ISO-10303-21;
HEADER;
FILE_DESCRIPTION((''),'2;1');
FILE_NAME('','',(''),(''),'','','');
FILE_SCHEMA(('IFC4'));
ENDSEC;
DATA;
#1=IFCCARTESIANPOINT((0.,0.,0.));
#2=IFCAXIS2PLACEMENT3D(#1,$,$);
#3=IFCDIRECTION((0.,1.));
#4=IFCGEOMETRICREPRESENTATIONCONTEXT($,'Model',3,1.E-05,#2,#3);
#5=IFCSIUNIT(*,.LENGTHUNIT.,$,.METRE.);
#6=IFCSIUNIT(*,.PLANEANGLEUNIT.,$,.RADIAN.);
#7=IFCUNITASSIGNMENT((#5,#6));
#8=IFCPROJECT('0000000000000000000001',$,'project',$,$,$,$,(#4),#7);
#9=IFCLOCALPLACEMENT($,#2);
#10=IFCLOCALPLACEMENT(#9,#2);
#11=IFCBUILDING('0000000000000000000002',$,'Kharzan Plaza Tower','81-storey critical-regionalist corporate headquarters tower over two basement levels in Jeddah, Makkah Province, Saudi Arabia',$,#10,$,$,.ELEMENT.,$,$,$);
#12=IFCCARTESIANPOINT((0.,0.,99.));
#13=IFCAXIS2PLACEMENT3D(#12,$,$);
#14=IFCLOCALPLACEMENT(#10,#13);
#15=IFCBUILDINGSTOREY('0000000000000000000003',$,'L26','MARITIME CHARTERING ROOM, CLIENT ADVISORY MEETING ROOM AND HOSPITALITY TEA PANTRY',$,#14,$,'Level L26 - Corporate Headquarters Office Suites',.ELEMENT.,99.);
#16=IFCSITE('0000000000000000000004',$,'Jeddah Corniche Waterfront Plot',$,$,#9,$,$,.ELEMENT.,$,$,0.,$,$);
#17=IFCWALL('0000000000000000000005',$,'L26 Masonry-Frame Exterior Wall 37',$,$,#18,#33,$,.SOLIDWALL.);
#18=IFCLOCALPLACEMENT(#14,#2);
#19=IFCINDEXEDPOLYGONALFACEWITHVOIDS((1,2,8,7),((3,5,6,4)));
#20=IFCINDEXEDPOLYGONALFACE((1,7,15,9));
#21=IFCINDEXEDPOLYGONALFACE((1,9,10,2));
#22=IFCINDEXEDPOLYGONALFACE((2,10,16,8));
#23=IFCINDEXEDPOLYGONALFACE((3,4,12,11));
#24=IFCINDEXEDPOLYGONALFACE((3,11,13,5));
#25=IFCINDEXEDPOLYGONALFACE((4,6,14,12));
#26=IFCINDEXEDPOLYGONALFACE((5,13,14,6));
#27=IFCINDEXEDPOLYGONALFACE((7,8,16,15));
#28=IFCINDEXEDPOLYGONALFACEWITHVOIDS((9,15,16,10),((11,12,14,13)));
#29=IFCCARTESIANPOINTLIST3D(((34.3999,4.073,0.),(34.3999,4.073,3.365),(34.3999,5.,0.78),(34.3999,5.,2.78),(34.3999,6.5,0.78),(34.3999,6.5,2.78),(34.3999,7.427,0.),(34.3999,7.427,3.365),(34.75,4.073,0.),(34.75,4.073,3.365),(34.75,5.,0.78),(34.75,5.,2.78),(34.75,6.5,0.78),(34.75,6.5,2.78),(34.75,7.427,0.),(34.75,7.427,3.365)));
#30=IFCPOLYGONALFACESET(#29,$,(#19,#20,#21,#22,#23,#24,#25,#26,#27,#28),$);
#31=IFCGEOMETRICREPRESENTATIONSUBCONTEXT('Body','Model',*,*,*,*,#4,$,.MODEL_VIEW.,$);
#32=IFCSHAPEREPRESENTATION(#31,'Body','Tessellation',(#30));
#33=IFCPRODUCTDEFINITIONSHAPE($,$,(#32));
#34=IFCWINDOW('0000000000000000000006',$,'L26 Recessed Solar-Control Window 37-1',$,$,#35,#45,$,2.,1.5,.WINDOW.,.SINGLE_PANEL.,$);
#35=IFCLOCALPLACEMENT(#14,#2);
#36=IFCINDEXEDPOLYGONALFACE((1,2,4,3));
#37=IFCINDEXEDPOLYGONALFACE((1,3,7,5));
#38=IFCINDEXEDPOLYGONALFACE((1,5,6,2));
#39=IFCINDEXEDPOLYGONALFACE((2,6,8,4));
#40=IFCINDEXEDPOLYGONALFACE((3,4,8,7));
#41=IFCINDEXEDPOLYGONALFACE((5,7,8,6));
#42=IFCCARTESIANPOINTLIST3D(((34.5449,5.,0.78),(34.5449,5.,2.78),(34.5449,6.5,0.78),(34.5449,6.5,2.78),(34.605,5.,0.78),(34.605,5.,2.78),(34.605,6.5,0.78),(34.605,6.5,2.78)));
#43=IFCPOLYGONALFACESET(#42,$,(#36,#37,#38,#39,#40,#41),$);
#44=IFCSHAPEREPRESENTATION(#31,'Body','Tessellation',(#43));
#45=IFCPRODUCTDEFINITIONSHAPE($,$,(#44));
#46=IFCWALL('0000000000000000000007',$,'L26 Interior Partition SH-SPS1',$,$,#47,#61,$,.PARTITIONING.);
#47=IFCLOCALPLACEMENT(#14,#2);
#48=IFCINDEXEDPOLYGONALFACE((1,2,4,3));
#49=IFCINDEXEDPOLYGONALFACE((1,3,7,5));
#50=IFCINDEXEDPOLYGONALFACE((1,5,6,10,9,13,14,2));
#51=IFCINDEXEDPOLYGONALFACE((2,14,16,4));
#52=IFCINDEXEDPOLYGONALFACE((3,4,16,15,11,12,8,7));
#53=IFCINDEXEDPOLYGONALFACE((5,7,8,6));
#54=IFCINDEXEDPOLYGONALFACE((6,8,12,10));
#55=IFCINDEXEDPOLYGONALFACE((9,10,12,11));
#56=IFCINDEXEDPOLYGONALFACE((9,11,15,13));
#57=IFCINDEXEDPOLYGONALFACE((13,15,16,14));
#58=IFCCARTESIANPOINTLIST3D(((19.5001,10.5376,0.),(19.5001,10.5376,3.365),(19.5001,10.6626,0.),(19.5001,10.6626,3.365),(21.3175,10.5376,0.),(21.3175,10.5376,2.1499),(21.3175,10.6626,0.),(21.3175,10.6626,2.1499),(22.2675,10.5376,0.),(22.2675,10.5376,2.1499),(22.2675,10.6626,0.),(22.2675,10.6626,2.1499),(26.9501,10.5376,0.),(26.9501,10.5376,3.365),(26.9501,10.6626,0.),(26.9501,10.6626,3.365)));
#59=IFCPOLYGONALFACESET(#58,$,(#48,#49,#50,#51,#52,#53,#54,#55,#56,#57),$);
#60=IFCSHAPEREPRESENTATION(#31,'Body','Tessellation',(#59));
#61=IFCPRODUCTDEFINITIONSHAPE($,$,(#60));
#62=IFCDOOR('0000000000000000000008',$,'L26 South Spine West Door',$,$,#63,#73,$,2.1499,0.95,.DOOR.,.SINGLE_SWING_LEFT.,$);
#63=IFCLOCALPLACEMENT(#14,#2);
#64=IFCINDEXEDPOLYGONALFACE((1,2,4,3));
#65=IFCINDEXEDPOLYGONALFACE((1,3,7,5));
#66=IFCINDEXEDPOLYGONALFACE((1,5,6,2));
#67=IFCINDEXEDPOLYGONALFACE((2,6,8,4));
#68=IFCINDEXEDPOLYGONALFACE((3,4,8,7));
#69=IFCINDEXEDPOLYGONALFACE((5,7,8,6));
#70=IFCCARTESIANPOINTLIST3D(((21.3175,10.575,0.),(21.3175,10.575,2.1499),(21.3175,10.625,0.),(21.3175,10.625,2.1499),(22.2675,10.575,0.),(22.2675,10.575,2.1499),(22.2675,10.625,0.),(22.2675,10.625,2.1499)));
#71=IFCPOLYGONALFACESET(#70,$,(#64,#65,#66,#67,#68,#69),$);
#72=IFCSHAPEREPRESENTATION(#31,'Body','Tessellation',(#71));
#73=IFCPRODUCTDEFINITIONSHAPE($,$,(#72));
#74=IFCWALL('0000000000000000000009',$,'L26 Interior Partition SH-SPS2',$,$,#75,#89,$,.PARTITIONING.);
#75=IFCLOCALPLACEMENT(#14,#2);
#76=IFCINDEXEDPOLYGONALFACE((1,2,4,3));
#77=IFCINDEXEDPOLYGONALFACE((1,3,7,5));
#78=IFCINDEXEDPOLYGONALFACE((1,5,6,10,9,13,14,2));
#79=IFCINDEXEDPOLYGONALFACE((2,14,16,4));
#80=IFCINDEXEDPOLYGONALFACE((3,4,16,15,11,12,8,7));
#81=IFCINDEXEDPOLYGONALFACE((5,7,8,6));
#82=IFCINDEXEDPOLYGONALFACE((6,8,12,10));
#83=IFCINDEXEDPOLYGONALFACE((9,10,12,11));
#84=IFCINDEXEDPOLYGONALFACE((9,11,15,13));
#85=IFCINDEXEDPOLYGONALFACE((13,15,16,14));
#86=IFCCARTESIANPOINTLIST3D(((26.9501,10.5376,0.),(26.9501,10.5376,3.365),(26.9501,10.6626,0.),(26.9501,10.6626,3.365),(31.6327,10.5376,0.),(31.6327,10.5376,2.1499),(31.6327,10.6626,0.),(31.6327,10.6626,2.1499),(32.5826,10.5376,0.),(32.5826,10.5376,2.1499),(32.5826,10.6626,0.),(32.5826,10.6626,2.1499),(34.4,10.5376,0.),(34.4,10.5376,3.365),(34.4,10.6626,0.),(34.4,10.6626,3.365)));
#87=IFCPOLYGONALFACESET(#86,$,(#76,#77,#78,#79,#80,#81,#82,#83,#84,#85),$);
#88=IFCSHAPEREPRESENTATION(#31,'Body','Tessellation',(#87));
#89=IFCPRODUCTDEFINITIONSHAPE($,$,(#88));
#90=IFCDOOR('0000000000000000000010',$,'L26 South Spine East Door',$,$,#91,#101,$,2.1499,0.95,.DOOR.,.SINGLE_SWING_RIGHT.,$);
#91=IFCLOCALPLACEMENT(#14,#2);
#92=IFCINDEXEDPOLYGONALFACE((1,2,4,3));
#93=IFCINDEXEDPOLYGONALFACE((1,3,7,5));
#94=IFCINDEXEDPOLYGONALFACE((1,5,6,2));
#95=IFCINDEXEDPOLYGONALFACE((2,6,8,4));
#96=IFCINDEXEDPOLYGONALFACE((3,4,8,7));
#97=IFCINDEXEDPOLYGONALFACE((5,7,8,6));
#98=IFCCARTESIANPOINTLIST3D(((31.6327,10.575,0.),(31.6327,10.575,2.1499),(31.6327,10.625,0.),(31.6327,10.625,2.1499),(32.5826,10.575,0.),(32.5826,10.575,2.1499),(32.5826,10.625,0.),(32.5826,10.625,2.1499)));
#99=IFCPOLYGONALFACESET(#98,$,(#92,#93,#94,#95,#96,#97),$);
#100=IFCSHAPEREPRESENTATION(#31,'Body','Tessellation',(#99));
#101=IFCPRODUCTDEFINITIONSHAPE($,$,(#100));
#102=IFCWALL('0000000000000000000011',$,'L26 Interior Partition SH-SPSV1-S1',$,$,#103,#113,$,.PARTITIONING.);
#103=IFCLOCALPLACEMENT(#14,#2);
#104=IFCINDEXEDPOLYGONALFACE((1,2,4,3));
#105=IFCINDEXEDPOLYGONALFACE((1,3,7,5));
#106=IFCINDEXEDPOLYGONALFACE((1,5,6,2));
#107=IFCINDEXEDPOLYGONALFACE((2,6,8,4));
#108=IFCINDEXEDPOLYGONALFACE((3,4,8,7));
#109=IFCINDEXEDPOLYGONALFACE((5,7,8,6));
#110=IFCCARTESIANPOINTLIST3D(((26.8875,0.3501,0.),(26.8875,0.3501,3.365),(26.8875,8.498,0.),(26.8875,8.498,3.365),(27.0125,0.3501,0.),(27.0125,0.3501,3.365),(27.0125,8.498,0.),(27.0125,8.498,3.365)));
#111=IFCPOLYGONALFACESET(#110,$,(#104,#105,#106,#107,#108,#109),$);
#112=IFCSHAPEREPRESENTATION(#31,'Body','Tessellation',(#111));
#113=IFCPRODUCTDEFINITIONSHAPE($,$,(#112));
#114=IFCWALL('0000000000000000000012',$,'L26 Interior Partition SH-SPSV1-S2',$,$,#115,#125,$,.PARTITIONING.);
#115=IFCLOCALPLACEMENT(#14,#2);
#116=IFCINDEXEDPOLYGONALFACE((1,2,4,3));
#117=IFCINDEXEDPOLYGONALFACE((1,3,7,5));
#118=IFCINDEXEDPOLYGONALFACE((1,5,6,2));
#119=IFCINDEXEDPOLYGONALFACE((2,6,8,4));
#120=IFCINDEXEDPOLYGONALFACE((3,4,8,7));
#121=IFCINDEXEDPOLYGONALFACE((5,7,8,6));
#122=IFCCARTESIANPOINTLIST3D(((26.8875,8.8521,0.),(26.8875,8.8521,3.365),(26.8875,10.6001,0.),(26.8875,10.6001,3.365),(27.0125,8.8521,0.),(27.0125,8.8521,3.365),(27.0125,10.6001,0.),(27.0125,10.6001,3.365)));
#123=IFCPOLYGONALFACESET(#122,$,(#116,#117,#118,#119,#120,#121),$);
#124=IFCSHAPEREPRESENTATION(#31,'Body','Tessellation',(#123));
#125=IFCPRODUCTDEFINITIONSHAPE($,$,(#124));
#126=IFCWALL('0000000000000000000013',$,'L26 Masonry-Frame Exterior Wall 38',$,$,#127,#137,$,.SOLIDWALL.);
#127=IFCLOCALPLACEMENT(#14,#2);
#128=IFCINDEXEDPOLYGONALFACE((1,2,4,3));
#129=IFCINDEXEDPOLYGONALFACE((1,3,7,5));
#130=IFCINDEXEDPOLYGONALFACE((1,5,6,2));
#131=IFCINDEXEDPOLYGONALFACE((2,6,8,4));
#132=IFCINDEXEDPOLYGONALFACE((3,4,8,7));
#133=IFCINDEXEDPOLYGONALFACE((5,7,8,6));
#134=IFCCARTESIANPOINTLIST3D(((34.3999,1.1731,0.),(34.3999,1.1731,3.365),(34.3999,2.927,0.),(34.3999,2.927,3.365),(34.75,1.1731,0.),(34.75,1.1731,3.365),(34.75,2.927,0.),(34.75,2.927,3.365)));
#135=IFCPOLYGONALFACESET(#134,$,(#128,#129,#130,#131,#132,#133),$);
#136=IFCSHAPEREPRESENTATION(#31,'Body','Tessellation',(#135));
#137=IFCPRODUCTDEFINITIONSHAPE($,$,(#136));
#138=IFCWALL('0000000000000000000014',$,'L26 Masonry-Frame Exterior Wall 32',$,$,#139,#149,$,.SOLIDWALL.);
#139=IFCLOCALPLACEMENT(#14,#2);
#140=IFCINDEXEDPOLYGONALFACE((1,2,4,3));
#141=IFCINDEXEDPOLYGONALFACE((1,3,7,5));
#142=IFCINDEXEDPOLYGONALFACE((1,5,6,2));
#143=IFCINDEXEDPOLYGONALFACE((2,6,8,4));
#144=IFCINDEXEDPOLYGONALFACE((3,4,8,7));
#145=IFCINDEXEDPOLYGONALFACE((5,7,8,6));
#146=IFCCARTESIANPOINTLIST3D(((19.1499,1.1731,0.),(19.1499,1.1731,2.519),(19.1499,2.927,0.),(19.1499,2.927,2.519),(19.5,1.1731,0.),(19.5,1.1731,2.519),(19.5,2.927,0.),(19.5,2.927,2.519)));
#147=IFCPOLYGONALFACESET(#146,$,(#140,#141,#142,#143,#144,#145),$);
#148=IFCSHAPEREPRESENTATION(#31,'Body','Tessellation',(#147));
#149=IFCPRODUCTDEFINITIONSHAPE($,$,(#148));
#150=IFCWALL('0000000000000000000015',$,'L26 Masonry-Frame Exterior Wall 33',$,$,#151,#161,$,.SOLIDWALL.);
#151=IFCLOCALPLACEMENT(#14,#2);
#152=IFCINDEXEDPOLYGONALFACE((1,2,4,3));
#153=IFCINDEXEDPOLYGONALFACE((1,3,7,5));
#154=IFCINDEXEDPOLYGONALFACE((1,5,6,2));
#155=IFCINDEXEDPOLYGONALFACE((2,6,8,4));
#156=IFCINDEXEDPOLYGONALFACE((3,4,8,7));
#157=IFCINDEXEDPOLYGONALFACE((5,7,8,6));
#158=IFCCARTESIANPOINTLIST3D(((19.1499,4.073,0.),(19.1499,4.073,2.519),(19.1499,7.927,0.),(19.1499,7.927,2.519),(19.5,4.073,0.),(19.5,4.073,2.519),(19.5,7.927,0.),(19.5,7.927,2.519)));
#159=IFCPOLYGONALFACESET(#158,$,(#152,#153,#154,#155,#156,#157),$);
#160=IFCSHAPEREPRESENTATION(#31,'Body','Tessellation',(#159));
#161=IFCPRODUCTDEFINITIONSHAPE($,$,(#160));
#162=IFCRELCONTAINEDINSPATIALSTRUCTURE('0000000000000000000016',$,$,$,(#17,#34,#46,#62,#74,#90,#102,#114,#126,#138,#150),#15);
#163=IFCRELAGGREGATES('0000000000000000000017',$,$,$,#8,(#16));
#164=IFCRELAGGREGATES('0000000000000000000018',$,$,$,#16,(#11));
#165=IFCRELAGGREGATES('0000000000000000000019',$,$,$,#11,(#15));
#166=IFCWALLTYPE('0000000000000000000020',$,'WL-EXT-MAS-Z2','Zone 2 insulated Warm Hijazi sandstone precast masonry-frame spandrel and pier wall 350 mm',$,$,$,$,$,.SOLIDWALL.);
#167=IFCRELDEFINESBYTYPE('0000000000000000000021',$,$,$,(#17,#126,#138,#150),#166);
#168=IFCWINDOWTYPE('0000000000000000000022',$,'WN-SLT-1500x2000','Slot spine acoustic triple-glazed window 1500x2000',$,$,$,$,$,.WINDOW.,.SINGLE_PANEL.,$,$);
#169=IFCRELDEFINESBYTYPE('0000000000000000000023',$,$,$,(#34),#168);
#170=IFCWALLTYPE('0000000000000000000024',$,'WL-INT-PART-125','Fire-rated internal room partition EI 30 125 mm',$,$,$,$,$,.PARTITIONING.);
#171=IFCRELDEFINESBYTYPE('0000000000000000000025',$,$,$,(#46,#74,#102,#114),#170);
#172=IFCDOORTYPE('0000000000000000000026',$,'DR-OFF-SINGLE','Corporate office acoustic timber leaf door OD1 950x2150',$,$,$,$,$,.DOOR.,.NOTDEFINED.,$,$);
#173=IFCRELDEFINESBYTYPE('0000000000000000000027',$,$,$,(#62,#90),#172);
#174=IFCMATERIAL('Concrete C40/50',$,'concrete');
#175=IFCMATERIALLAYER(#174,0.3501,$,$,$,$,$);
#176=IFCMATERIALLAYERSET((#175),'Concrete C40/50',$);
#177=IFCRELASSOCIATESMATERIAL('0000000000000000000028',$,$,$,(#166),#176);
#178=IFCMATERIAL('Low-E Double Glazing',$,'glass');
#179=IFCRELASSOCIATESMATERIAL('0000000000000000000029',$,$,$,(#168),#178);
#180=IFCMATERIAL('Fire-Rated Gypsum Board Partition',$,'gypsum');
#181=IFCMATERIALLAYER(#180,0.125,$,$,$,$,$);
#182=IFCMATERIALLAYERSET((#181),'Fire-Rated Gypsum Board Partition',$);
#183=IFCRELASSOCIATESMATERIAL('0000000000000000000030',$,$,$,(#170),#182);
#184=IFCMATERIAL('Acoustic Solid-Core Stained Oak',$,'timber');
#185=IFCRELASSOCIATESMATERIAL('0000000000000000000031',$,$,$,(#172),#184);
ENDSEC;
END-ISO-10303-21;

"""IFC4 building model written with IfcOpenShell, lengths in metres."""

from ifc_helpers import new_model, si_unit, direction, frame, frame_2d, origin, place, context, subcontext, project, spatial, rectangle, extrude, source, transform, mapped, material, layer, layer_set, type_object, element, fill, save


model = new_model("IFC4")

# Units and contexts
model_context = context("Model", 3, precision=1e-05, world=origin(), true_north=direction((0.0, 1.0)))
body_context = subcontext(model_context, "Body", "Model", "MODEL_VIEW")
ifc_project = project(units=[si_unit("LENGTHUNIT", "METRE"), si_unit("PLANEANGLEUNIT", "RADIAN")], contexts=[model_context])

# Site, building, storey
site_placement = place(None, origin())
site = spatial("IfcSite", under=ifc_project, at=site_placement, Name="Jeddah Corniche Waterfront Plot", CompositionType="ELEMENT", RefElevation=0.0)
building_placement = place(site_placement, origin())
building = spatial("IfcBuilding", under=site, at=building_placement, Name="Kharzan Plaza Tower", Description="81-storey critical-regionalist corporate headquarters tower over two basement levels in Jeddah, Makkah Province, Saudi Arabia", CompositionType="ELEMENT")
storey_placement = place(building_placement, frame((0.0, 0.0, 99.0)))
storey = spatial("IfcBuildingStorey", under=building, at=storey_placement, Name="L26", Description="MARITIME CHARTERING ROOM, CLIENT ADVISORY MEETING ROOM AND HOSPITALITY TEA PANTRY", LongName="Level L26 - Corporate Headquarters Office Suites", CompositionType="ELEMENT", Elevation=99.0)

# Shared definitions
ifc_material_1 = material(Name="Concrete C40/50", Category="concrete")
ifc_layer_1 = layer(ifc_material_1, 0.3501)
ifc_layer_set_1 = layer_set([ifc_layer_1], Name="Concrete C40/50")
wall_type_1 = type_object("IfcWallType", Name="WL-EXT-MAS-Z2", Description="Zone 2 insulated Warm Hijazi sandstone precast masonry-frame spandrel and pier wall 350 mm", PredefinedType="SOLIDWALL", material=ifc_layer_set_1)
ifc_material_2 = material(Name="Low-E Double Glazing", Category="glass")
window_type = type_object("IfcWindowType", Name="WN-SLT-1500x2000", Description="Slot spine acoustic triple-glazed window 1500x2000", PartitioningType="SINGLE_PANEL", PredefinedType="WINDOW", material=ifc_material_2)
shared_shape_1 = source(origin(), body_context, "Body", "SweptSolid", [
    extrude(rectangle(XDim=1.5, YDim=2.0, at=frame_2d((0.75, 1.0))), frame((0.0, 0.03, 0.0), z_axis=(0.0, -1.0, 0.0), x_axis=(1.0, 0.0, 0.0)), (0.0, 0.0, 1.0), 0.0601),
])

# Wall, opening, window
wall_1_placement = place(storey_placement, frame((34.575, 7.427, 0.0), z_axis=(0.0, 0.0, 1.0), x_axis=(0.0, -1.0, 0.0)))
wall_1 = element("IfcWall", 1, at=wall_1_placement, inside=storey, type_object=wall_type_1, Name="L26 Masonry-Frame Exterior Wall 37", PredefinedType="SOLIDWALL", context=body_context, shape_type="SweptSolid", body=[
    extrude(rectangle(XDim=3.354, YDim=0.3501, at=frame_2d((1.677, 0.0))), origin(), (0.0, 0.0, 1.0), 3.365),
])
opening_1_placement = place(wall_1_placement, frame((0.927, 0.0, 0.78)))
opening_1 = element("IfcOpeningElement", 2, at=opening_1_placement, cuts=wall_1, PredefinedType="OPENING", context=body_context, shape_type="SweptSolid", body=[
    extrude(rectangle(XDim=1.5, YDim=2.0, at=frame_2d((0.75, 1.0))), frame((0.0, 0.1851, 0.0), z_axis=(0.0, -1.0, 0.0), x_axis=(1.0, 0.0, 0.0)), (0.0, 0.0, 1.0), 0.3701),
])
window_1_placement = place(opening_1_placement, origin())
window_1 = element("IfcWindow", 3, at=window_1_placement, inside=storey, type_object=window_type, Name="L26 Recessed Solar-Control Window 37-1", OverallHeight=2.0, OverallWidth=1.5, PartitioningType="SINGLE_PANEL", PredefinedType="WINDOW", context=body_context, shape_type="MappedRepresentation", body=[
    mapped(shared_shape_1, transform((0.0, 0.0, 0.0), x_axis=(1.0, 0.0, 0.0), y_axis=(0.0, 1.0, 0.0), z_axis=(0.0, 0.0, 1.0))),
])
fill(opening_1, window_1)

# Walls, openings, doors
ifc_material_3 = material(Name="Fire-Rated Gypsum Board Partition", Category="gypsum")
ifc_layer_2 = layer(ifc_material_3, 0.125)
ifc_layer_set_2 = layer_set([ifc_layer_2], Name="Fire-Rated Gypsum Board Partition")
wall_type_2 = type_object("IfcWallType", Name="WL-INT-PART-125", Description="Fire-rated internal room partition EI 30 125 mm", PredefinedType="PARTITIONING", material=ifc_layer_set_2)
wall_2_placement = place(storey_placement, frame((19.5, 10.6001, 0.0), z_axis=(0.0, 0.0, 1.0), x_axis=(1.0, 0.0, 0.0)))
wall_2 = element("IfcWall", 4, at=wall_2_placement, inside=storey, type_object=wall_type_2, Name="L26 Interior Partition SH-SPS1", PredefinedType="PARTITIONING", context=body_context, shape_type="SweptSolid", body=[
    extrude(rectangle(XDim=7.45, YDim=0.125, at=frame_2d((3.7251, 0.0))), origin(), (0.0, 0.0, 1.0), 3.365),
])
opening_2_placement = place(wall_2_placement, frame((1.8174, 0.0, 0.0)))
opening_2 = element("IfcOpeningElement", 5, at=opening_2_placement, cuts=wall_2, PredefinedType="OPENING", context=body_context, shape_type="SweptSolid", body=[
    extrude(rectangle(XDim=0.95, YDim=2.1499, at=frame_2d((0.4751, 1.075))), frame((0.0, 0.0725, 0.0), z_axis=(0.0, -1.0, 0.0), x_axis=(1.0, 0.0, 0.0)), (0.0, 0.0, 1.0), 0.145),
])
ifc_material_4 = material(Name="Acoustic Solid-Core Stained Oak", Category="timber")
door_type = type_object("IfcDoorType", Name="DR-OFF-SINGLE", Description="Corporate office acoustic timber leaf door OD1 950x2150", OperationType="NOTDEFINED", PredefinedType="DOOR", material=ifc_material_4)
shared_shape_2 = source(origin(), body_context, "Body", "SweptSolid", [
    extrude(rectangle(XDim=0.95, YDim=2.1499, at=frame_2d((0.4751, 1.075))), frame((0.0, 0.0249, 0.0), z_axis=(0.0, -1.0, 0.0), x_axis=(1.0, 0.0, 0.0)), (0.0, 0.0, 1.0), 0.05),
])
door_1_placement = place(opening_2_placement, origin())
door_1 = element("IfcDoor", 6, at=door_1_placement, inside=storey, type_object=door_type, Name="L26 South Spine West Door", OperationType="SINGLE_SWING_LEFT", OverallHeight=2.1499, OverallWidth=0.95, PredefinedType="DOOR", context=body_context, shape_type="MappedRepresentation", body=[
    mapped(shared_shape_2, transform((0.0, 0.0, 0.0), x_axis=(1.0, 0.0, 0.0), y_axis=(0.0, 1.0, 0.0), z_axis=(0.0, 0.0, 1.0))),
])
fill(opening_2, door_1)
wall_3_placement = place(storey_placement, frame((26.95, 10.6001, 0.0), z_axis=(0.0, 0.0, 1.0), x_axis=(1.0, 0.0, 0.0)))
wall_3 = element("IfcWall", 7, at=wall_3_placement, inside=storey, type_object=wall_type_2, Name="L26 Interior Partition SH-SPS2", PredefinedType="PARTITIONING", context=body_context, shape_type="SweptSolid", body=[
    extrude(rectangle(XDim=7.45, YDim=0.125, at=frame_2d((3.7251, 0.0))), origin(), (0.0, 0.0, 1.0), 3.365),
])
opening_3_placement = place(wall_3_placement, frame((4.6826, 0.0, 0.0)))
opening_3 = element("IfcOpeningElement", 8, at=opening_3_placement, cuts=wall_3, PredefinedType="OPENING", context=body_context, shape_type="SweptSolid", body=[
    extrude(rectangle(XDim=0.95, YDim=2.1499, at=frame_2d((0.4751, 1.075))), frame((0.0, 0.0725, 0.0), z_axis=(0.0, -1.0, 0.0), x_axis=(1.0, 0.0, 0.0)), (0.0, 0.0, 1.0), 0.145),
])
door_2_placement = place(opening_3_placement, origin())
door_2 = element("IfcDoor", 9, at=door_2_placement, inside=storey, type_object=door_type, Name="L26 South Spine East Door", OperationType="SINGLE_SWING_RIGHT", OverallHeight=2.1499, OverallWidth=0.95, PredefinedType="DOOR", context=body_context, shape_type="MappedRepresentation", body=[
    mapped(shared_shape_2, transform((0.0, 0.0, 0.0), x_axis=(1.0, 0.0, 0.0), y_axis=(0.0, 1.0, 0.0), z_axis=(0.0, 0.0, 1.0))),
])
fill(opening_3, door_2)

# Walls
shared_shape_3 = source(origin(), body_context, "Body", "SweptSolid", [
    extrude(rectangle(XDim=8.1479, YDim=0.125, at=frame_2d((4.074, 0.0))), origin(), (0.0, 0.0, 1.0), 3.365),
])
wall_4_placement = place(storey_placement, frame((26.95, 0.3501, 0.0), z_axis=(0.0, 0.0, 1.0), x_axis=(0.0, 1.0, 0.0)))
element("IfcWall", 10, at=wall_4_placement, inside=storey, type_object=wall_type_2, Name="L26 Interior Partition SH-SPSV1-S1", PredefinedType="PARTITIONING", context=body_context, shape_type="MappedRepresentation", body=[
    mapped(shared_shape_3, transform((0.0, 0.0, 0.0), x_axis=(1.0, 0.0, 0.0), y_axis=(0.0, 1.0, 0.0), z_axis=(0.0, 0.0, 1.0))),
])
shared_shape_4 = source(origin(), body_context, "Body", "SweptSolid", [
    extrude(rectangle(XDim=1.748, YDim=0.125, at=frame_2d((0.874, 0.0))), origin(), (0.0, 0.0, 1.0), 3.365),
])
wall_5_placement = place(storey_placement, frame((26.95, 8.8521, 0.0), z_axis=(0.0, 0.0, 1.0), x_axis=(0.0, 1.0, 0.0)))
element("IfcWall", 11, at=wall_5_placement, inside=storey, type_object=wall_type_2, Name="L26 Interior Partition SH-SPSV1-S2", PredefinedType="PARTITIONING", context=body_context, shape_type="MappedRepresentation", body=[
    mapped(shared_shape_4, transform((0.0, 0.0, 0.0), x_axis=(1.0, 0.0, 0.0), y_axis=(0.0, 1.0, 0.0), z_axis=(0.0, 0.0, 1.0))),
])
shared_shape_5 = source(origin(), body_context, "Body", "SweptSolid", [
    extrude(rectangle(XDim=1.7539, YDim=0.3501, at=frame_2d((0.877, 0.0))), origin(), (0.0, 0.0, 1.0), 3.365),
])
wall_6_placement = place(storey_placement, frame((34.575, 2.927, 0.0), z_axis=(0.0, 0.0, 1.0), x_axis=(0.0, -1.0, 0.0)))
element("IfcWall", 12, at=wall_6_placement, inside=storey, type_object=wall_type_1, Name="L26 Masonry-Frame Exterior Wall 38", PredefinedType="SOLIDWALL", context=body_context, shape_type="MappedRepresentation", body=[
    mapped(shared_shape_5, transform((0.0, 0.0, 0.0), x_axis=(1.0, 0.0, 0.0), y_axis=(0.0, 1.0, 0.0), z_axis=(0.0, 0.0, 1.0))),
])
shared_shape_6 = source(origin(), body_context, "Body", "SweptSolid", [
    extrude(rectangle(XDim=1.7539, YDim=0.3501, at=frame_2d((0.877, 0.0))), origin(), (0.0, 0.0, 1.0), 2.519),
])
wall_7_placement = place(storey_placement, frame((19.325, 1.1731, 0.0), z_axis=(0.0, 0.0, 1.0), x_axis=(0.0, 1.0, 0.0)))
element("IfcWall", 13, at=wall_7_placement, inside=storey, type_object=wall_type_1, Name="L26 Masonry-Frame Exterior Wall 32", PredefinedType="SOLIDWALL", context=body_context, shape_type="MappedRepresentation", body=[
    mapped(shared_shape_6, transform((0.0, 0.0, 0.0), x_axis=(1.0, 0.0, 0.0), y_axis=(0.0, 1.0, 0.0), z_axis=(0.0, 0.0, 1.0))),
])
shared_shape_7 = source(origin(), body_context, "Body", "SweptSolid", [
    extrude(rectangle(XDim=3.854, YDim=0.3501, at=frame_2d((1.927, 0.0))), origin(), (0.0, 0.0, 1.0), 2.519),
])
wall_8_placement = place(storey_placement, frame((19.325, 4.073, 0.0), z_axis=(0.0, 0.0, 1.0), x_axis=(0.0, 1.0, 0.0)))
element("IfcWall", 14, at=wall_8_placement, inside=storey, type_object=wall_type_1, Name="L26 Masonry-Frame Exterior Wall 33", PredefinedType="SOLIDWALL", context=body_context, shape_type="MappedRepresentation", body=[
    mapped(shared_shape_7, transform((0.0, 0.0, 0.0), x_axis=(1.0, 0.0, 0.0), y_axis=(0.0, 1.0, 0.0), z_axis=(0.0, 0.0, 1.0))),
])

save(model, "model.ifc")
